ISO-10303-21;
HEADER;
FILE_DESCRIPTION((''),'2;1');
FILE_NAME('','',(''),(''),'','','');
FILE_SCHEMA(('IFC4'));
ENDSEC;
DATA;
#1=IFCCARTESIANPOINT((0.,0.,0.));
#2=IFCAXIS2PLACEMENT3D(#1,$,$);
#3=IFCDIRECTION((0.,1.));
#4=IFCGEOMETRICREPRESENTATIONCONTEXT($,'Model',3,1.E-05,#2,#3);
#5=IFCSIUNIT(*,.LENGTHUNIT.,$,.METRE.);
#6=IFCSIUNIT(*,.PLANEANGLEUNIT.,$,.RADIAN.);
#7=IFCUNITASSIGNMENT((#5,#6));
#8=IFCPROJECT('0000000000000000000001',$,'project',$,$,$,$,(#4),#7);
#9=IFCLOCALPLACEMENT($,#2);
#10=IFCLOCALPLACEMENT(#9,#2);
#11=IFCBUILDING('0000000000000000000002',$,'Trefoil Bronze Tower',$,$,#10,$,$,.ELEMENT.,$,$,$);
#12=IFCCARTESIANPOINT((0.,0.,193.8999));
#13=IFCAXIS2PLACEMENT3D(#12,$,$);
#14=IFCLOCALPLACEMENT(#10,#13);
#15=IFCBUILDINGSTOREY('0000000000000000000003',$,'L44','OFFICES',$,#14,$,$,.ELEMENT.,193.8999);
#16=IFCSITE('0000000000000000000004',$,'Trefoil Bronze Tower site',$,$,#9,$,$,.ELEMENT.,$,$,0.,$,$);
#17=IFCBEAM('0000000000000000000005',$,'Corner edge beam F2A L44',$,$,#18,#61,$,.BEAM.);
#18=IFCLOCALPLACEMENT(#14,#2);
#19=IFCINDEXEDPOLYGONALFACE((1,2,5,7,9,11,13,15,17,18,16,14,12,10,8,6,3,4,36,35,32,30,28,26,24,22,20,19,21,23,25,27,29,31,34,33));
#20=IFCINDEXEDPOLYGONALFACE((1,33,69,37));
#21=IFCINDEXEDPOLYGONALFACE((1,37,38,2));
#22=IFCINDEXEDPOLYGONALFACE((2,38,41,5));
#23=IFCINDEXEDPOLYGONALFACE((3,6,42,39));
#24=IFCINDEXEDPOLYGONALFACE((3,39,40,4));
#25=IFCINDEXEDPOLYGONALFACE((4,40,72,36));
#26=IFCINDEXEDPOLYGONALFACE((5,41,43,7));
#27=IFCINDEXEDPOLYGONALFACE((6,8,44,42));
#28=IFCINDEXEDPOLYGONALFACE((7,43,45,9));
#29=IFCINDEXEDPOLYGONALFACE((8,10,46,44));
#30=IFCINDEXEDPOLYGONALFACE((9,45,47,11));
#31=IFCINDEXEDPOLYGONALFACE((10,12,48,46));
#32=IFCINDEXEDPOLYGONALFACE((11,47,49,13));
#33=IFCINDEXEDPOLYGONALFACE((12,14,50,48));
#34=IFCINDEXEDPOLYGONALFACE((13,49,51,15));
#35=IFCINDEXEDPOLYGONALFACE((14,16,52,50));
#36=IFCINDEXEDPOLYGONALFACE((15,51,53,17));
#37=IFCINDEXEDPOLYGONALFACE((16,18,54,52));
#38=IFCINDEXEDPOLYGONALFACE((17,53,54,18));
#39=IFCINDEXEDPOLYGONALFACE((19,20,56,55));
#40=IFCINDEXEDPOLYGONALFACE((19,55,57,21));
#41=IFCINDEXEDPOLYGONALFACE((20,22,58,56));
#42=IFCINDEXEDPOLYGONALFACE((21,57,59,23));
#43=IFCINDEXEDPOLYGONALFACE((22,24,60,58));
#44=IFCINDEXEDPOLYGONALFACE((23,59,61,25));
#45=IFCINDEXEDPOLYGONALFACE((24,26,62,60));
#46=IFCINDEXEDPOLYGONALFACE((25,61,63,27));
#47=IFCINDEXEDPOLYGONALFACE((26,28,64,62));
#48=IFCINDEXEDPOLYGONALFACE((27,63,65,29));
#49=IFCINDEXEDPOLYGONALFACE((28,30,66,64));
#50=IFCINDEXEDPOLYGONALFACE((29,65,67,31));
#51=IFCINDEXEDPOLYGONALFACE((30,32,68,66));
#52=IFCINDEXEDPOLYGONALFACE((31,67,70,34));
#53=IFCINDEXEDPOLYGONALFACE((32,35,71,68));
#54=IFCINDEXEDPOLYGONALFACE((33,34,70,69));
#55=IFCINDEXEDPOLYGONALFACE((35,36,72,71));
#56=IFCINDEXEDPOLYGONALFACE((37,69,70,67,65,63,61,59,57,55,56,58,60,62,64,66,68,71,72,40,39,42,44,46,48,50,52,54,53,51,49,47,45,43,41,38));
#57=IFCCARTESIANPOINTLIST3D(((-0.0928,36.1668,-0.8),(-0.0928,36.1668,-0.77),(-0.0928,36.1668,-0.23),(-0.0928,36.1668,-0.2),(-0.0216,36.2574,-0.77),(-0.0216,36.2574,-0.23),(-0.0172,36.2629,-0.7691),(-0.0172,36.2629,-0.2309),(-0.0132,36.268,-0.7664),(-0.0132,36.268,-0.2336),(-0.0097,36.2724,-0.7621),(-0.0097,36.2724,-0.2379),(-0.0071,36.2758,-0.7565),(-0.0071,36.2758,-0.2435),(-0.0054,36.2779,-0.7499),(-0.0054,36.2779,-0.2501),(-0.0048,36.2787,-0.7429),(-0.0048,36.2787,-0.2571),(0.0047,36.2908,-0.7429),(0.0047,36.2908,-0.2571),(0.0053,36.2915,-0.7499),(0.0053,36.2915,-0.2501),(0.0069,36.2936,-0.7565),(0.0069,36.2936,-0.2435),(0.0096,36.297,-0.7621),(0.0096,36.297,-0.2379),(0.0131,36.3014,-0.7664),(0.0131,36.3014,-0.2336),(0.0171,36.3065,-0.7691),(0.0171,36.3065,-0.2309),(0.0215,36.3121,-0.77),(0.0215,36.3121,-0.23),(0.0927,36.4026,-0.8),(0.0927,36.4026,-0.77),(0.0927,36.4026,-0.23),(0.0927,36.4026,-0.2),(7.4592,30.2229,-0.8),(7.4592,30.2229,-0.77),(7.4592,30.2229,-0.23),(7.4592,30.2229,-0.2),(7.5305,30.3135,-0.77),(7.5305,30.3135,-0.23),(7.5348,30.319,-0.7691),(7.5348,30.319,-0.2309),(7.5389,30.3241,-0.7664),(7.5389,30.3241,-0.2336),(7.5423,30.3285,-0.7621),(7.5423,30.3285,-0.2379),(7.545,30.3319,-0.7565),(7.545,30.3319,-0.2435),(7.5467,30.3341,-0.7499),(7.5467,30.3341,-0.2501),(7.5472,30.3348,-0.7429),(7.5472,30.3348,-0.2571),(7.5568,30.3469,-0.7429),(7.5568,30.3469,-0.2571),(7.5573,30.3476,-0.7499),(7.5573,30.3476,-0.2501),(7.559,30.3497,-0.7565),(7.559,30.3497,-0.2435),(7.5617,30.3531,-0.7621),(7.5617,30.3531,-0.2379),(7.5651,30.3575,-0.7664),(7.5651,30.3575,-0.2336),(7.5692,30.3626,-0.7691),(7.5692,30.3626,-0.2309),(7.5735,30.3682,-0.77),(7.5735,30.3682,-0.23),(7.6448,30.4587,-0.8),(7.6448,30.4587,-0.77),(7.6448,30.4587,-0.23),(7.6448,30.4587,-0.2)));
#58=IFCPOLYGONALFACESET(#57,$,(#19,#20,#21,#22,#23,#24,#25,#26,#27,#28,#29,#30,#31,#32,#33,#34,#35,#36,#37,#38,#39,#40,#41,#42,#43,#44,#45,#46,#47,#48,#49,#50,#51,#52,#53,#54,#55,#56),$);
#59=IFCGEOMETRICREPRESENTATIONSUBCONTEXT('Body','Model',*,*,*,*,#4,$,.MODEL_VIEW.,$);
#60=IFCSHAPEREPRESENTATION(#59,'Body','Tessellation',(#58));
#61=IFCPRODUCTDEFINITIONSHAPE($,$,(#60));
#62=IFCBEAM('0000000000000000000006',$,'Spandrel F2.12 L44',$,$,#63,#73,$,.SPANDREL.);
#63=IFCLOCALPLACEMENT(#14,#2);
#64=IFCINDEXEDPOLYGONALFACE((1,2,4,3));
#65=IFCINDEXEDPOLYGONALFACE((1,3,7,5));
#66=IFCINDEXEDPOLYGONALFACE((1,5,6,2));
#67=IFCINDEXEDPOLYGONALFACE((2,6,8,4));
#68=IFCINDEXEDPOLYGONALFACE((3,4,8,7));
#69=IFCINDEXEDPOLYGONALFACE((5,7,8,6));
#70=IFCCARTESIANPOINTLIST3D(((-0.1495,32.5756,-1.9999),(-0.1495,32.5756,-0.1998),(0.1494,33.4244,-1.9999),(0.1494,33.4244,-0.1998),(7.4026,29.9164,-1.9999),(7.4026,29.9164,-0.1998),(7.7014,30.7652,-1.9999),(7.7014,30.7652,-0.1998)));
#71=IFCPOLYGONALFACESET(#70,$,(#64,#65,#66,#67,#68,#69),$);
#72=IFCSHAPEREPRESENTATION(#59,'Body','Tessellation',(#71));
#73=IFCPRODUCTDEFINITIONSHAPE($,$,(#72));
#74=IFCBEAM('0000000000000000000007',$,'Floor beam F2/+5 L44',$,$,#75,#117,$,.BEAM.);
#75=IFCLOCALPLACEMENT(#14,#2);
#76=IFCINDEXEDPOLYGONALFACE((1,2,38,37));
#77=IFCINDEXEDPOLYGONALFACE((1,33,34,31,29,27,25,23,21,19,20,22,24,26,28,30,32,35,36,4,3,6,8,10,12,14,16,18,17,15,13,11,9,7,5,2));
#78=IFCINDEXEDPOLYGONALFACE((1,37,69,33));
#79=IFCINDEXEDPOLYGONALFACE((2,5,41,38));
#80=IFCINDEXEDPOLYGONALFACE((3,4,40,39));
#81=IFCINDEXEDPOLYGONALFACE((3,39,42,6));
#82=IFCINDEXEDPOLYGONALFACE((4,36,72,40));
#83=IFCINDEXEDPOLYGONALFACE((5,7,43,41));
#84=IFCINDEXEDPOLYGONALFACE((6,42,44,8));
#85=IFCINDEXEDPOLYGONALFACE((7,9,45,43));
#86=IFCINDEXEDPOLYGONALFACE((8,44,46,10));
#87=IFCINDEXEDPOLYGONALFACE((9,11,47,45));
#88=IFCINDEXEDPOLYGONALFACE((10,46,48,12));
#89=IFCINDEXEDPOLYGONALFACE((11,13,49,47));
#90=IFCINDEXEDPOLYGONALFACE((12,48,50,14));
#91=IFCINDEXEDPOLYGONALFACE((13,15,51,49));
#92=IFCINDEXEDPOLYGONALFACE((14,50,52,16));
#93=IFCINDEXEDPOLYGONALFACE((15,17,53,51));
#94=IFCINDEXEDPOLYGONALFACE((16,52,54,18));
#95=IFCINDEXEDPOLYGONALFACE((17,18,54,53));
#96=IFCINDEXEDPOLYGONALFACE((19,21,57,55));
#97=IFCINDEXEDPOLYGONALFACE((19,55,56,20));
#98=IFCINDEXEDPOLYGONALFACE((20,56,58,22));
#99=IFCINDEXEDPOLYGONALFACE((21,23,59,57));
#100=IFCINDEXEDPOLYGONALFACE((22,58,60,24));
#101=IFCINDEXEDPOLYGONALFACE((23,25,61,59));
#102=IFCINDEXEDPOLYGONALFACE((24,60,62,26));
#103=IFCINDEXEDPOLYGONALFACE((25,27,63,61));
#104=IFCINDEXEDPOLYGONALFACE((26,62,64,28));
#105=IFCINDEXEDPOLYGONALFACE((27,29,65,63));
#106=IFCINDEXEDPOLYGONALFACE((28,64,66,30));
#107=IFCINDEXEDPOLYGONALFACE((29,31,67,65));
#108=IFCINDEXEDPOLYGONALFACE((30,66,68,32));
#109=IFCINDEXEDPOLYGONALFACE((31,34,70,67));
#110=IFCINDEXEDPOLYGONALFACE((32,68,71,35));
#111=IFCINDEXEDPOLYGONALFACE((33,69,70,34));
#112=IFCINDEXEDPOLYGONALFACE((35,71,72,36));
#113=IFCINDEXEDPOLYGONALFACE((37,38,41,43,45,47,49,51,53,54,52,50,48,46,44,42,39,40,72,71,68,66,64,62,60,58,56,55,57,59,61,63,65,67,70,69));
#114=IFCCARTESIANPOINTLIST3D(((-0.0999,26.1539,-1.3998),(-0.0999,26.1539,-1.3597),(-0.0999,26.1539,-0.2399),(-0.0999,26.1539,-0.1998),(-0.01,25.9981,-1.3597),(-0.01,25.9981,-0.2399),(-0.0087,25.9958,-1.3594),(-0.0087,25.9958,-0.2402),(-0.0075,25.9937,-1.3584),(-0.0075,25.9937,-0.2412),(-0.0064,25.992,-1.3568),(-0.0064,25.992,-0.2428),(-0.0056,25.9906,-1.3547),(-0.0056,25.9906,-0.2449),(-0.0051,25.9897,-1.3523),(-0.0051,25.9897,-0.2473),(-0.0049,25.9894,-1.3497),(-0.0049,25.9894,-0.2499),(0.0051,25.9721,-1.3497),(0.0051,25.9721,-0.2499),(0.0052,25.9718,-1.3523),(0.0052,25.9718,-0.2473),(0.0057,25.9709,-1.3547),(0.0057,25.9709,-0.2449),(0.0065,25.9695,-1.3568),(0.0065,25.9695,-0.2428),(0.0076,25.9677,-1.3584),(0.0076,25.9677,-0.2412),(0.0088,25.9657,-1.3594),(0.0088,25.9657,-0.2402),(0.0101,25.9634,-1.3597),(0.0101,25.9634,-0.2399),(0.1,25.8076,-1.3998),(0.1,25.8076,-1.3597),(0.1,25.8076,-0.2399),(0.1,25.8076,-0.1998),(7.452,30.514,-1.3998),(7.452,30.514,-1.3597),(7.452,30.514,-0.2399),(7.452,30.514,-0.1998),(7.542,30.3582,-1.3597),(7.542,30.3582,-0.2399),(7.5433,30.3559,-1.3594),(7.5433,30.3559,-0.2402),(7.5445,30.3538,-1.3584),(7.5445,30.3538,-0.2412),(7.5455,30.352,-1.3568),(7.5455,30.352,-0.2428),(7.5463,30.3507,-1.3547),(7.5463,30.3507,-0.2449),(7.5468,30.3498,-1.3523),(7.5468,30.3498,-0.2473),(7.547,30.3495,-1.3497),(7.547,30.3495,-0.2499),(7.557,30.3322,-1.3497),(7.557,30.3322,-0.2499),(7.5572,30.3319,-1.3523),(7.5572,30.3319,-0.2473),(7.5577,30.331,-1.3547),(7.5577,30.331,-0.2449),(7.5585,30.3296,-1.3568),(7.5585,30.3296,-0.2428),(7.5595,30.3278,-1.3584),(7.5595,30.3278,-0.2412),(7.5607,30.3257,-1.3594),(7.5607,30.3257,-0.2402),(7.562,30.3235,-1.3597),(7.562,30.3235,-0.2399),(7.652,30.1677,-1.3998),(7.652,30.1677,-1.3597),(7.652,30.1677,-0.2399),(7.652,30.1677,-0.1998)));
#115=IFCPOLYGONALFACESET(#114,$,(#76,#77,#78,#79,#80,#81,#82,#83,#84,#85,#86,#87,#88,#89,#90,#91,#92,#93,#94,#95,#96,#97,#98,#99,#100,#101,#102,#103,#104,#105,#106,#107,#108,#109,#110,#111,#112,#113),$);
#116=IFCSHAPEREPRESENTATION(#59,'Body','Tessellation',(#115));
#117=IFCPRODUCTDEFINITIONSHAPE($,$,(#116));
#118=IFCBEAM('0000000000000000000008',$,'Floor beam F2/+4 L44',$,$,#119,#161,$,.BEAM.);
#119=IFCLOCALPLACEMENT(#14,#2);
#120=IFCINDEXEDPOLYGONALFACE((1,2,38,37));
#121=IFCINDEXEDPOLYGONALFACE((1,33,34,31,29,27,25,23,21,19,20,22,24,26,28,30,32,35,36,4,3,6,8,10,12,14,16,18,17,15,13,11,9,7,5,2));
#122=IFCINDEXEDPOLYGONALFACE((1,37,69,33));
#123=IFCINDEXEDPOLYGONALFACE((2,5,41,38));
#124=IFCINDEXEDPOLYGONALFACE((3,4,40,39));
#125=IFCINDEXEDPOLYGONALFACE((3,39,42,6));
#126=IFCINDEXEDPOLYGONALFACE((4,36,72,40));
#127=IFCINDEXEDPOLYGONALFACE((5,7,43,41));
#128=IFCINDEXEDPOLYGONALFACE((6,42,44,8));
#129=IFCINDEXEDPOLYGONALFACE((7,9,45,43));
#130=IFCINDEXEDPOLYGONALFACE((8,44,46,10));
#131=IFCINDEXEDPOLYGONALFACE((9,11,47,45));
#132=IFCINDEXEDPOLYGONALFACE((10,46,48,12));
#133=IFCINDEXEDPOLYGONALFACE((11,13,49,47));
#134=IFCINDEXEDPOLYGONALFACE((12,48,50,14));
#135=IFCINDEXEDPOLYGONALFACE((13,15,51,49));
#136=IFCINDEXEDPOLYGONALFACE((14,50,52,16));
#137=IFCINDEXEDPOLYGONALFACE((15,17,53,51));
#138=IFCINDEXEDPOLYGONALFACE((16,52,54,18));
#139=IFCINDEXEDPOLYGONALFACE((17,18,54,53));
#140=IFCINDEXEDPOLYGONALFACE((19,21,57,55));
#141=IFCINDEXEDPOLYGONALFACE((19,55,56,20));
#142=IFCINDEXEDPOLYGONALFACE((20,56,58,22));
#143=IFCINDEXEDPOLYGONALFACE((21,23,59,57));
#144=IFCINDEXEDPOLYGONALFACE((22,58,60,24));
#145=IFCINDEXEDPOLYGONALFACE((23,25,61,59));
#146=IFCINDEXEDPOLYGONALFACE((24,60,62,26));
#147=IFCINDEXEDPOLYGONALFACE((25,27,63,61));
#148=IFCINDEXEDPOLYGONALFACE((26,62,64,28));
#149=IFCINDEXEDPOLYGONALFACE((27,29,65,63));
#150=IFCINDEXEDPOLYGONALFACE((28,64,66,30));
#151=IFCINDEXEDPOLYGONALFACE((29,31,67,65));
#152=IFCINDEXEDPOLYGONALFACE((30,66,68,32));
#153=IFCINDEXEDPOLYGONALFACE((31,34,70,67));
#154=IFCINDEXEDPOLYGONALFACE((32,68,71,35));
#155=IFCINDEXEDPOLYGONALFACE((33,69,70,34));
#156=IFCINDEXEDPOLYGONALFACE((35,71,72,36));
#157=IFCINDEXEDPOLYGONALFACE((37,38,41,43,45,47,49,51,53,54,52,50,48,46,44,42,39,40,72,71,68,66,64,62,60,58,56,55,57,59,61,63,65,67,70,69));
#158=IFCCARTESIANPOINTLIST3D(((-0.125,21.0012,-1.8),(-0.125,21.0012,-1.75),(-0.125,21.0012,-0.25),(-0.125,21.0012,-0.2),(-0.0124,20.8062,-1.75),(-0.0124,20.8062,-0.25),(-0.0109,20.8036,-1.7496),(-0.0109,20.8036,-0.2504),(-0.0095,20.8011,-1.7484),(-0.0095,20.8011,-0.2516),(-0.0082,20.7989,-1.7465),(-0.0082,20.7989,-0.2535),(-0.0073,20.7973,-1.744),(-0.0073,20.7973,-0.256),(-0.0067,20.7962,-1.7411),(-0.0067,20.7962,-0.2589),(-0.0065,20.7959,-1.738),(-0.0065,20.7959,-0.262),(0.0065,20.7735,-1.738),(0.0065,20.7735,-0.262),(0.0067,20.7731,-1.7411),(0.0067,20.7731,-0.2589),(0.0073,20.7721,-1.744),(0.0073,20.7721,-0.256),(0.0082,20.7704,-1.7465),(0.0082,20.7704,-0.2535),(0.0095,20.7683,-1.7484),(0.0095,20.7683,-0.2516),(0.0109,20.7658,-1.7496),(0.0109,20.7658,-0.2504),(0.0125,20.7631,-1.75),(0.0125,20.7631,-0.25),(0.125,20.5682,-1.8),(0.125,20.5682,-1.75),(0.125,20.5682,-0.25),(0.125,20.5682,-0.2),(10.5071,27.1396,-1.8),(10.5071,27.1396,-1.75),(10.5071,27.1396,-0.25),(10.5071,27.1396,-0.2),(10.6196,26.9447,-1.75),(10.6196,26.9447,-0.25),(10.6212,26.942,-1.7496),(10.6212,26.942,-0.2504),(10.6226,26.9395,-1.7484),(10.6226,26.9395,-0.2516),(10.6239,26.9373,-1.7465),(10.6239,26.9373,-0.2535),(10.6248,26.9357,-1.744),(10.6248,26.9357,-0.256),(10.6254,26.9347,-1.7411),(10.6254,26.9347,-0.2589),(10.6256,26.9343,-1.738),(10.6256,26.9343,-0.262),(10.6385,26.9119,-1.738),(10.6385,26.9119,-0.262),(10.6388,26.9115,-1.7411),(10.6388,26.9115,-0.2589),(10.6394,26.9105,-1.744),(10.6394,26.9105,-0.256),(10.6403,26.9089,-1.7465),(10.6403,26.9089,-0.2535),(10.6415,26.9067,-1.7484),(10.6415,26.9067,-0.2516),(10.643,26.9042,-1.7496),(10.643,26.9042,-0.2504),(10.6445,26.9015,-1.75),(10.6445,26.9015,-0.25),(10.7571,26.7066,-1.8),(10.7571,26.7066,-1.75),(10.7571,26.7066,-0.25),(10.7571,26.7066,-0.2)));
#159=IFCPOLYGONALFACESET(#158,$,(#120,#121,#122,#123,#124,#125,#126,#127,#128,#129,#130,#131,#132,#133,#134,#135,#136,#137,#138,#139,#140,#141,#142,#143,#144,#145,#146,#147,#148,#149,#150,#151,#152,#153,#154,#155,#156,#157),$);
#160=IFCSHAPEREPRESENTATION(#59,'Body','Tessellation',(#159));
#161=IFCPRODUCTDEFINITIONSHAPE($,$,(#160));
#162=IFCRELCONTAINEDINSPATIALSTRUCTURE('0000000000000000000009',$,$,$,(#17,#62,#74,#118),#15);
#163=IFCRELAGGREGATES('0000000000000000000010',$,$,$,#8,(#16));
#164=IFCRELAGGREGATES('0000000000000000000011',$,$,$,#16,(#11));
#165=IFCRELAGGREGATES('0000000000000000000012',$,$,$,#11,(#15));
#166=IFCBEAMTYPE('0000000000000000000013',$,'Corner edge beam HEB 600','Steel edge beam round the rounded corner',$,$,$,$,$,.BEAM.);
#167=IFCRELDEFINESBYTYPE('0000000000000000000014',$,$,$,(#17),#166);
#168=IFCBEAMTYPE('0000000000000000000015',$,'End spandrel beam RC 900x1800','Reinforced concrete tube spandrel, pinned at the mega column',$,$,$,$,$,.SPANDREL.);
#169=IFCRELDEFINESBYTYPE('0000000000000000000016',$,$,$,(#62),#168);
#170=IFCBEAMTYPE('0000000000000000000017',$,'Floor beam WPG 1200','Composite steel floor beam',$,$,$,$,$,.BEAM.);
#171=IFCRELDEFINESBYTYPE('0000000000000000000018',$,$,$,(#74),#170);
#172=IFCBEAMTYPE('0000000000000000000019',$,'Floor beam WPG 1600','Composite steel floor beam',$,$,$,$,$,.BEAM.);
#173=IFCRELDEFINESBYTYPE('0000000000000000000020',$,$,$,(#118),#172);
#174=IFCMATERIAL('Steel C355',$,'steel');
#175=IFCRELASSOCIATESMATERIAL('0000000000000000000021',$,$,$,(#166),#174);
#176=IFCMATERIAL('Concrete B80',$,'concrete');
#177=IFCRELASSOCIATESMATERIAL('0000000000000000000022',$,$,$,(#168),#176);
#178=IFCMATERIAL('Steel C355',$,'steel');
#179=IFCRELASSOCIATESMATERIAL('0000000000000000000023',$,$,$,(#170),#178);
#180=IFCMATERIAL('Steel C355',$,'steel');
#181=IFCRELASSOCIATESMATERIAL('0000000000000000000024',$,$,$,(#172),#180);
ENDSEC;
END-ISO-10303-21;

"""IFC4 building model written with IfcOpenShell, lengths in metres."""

from ifc_helpers import new_model, si_unit, direction, frame, origin, origin_2d, place, context, subcontext, project, spatial, rectangle, i_section, extrude, material, material_profile, profile_set, type_object, element, save


model = new_model("IFC4")

# Units and contexts
model_context = context("Model", 3, precision=1e-05, world=origin(), true_north=direction((0.0, 1.0)))
body_context = subcontext(model_context, "Body", "Model", "MODEL_VIEW")
ifc_project = project(units=[si_unit("LENGTHUNIT", "METRE"), si_unit("PLANEANGLEUNIT", "RADIAN")], contexts=[model_context])

# Site, building, storey
site_placement = place(None, origin())
site = spatial("IfcSite", under=ifc_project, at=site_placement, Name="Trefoil Bronze Tower site", CompositionType="ELEMENT", RefElevation=0.0)
building_placement = place(site_placement, origin())
building = spatial("IfcBuilding", under=site, at=building_placement, Name="Trefoil Bronze Tower", CompositionType="ELEMENT")
storey_placement = place(building_placement, frame((0.0, 0.0, 193.8999)))
storey = spatial("IfcBuildingStorey", under=building, at=storey_placement, Name="L44", Description="OFFICES", CompositionType="ELEMENT", Elevation=193.8999)

# Beams
ifc_material_1 = material(Name="Steel C355", Category="steel")
ifc_material_profile_1 = material_profile(ifc_material_1, i_section(OverallWidth=0.3, OverallDepth=0.6001, WebThickness=0.0154, FlangeThickness=0.03, FilletRadius=0.0271, at=origin_2d()), Name="HEB 600")
ifc_profile_set_1 = profile_set([ifc_material_profile_1], Name="Steel C355")
beam_type_1 = type_object("IfcBeamType", Name="Corner edge beam HEB 600", Description="Steel edge beam round the rounded corner", PredefinedType="BEAM", material=ifc_profile_set_1)
beam_1_placement = place(storey_placement, frame((7.552, 30.3408, -0.5), z_axis=(-0.785806, 0.618473, 0.0), x_axis=(-0.618473, -0.785806, 0.0)))
element("IfcBeam", 1, at=beam_1_placement, inside=storey, type_object=beam_type_1, Name="Corner edge beam F2A L44", PredefinedType="BEAM", context=body_context, shape_type="SweptSolid", body=[
    extrude(i_section(OverallWidth=0.3, OverallDepth=0.6001, WebThickness=0.0154, FlangeThickness=0.03, FilletRadius=0.0271, at=origin_2d()), origin(), (0.0, 0.0, 1.0), 9.6106),
])
ifc_material_2 = material(Name="Concrete B80", Category="concrete")
ifc_material_profile_2 = material_profile(ifc_material_2, rectangle(XDim=0.8999, YDim=1.8, at=origin_2d()), Name="RC 900x1800")
ifc_profile_set_2 = profile_set([ifc_material_profile_2], Name="Concrete B80")
beam_type_2 = type_object("IfcBeamType", Name="End spandrel beam RC 900x1800", Description="Reinforced concrete tube spandrel, pinned at the mega column", PredefinedType="SPANDREL", material=ifc_profile_set_2)
beam_2_placement = place(storey_placement, frame((7.552, 30.3408, -1.0999), z_axis=(-0.943234, 0.332128, 0.0), x_axis=(-0.332128, -0.943234, 0.0)))
element("IfcBeam", 2, at=beam_2_placement, inside=storey, type_object=beam_type_2, Name="Spandrel F2.12 L44", PredefinedType="SPANDREL", context=body_context, shape_type="SweptSolid", body=[
    extrude(rectangle(XDim=0.8999, YDim=1.8, at=origin_2d()), origin(), (0.0, 0.0, 1.0), 8.0066),
])
ifc_material_3 = material(Name="Steel C355", Category="steel")
ifc_material_profile_3 = material_profile(ifc_material_3, i_section(OverallWidth=0.3999, OverallDepth=1.2, WebThickness=0.02, FlangeThickness=0.04, FilletRadius=0.01, at=origin_2d()), Name="WPG 1200")
ifc_profile_set_3 = profile_set([ifc_material_profile_3], Name="Steel C355")
beam_type_3 = type_object("IfcBeamType", Name="Floor beam WPG 1200", Description="Composite steel floor beam", PredefinedType="BEAM", material=ifc_profile_set_3)
beam_3_placement = place(storey_placement, frame((7.552, 30.3408, -0.7998), z_axis=(-0.866028, -0.499996, 0.0), x_axis=(0.499996, -0.866028, 0.0)))
element("IfcBeam", 3, at=beam_3_placement, inside=storey, type_object=beam_type_3, Name="Floor beam F2/+5 L44", PredefinedType="BEAM", context=body_context, shape_type="SweptSolid", body=[
    extrude(i_section(OverallWidth=0.3999, OverallDepth=1.2, WebThickness=0.02, FlangeThickness=0.04, FilletRadius=0.01, at=origin_2d()), origin(), (0.0, 0.0, 1.0), 8.7202),
])
ifc_material_4 = material(Name="Steel C355", Category="steel")
ifc_material_profile_4 = material_profile(ifc_material_4, i_section(OverallWidth=0.5, OverallDepth=1.6001, WebThickness=0.0259, FlangeThickness=0.05, FilletRadius=0.012, at=origin_2d()), Name="WPG 1600")
ifc_profile_set_4 = profile_set([ifc_material_profile_4], Name="Steel C355")
beam_type_4 = type_object("IfcBeamType", Name="Floor beam WPG 1600", Description="Composite steel floor beam", PredefinedType="BEAM", material=ifc_profile_set_4)
beam_4_placement = place(storey_placement, frame((10.6321, 26.9231, -1.0), z_axis=(-0.866026, -0.5, 0.0), x_axis=(0.5, -0.866026, 0.0)))
element("IfcBeam", 4, at=beam_4_placement, inside=storey, type_object=beam_type_4, Name="Floor beam F2/+4 L44", PredefinedType="BEAM", context=body_context, shape_type="SweptSolid", body=[
    extrude(i_section(OverallWidth=0.5, OverallDepth=1.6001, WebThickness=0.0259, FlangeThickness=0.05, FilletRadius=0.012, at=origin_2d()), origin(), (0.0, 0.0, 1.0), 12.2769),
])

save(model, "model.ifc")
